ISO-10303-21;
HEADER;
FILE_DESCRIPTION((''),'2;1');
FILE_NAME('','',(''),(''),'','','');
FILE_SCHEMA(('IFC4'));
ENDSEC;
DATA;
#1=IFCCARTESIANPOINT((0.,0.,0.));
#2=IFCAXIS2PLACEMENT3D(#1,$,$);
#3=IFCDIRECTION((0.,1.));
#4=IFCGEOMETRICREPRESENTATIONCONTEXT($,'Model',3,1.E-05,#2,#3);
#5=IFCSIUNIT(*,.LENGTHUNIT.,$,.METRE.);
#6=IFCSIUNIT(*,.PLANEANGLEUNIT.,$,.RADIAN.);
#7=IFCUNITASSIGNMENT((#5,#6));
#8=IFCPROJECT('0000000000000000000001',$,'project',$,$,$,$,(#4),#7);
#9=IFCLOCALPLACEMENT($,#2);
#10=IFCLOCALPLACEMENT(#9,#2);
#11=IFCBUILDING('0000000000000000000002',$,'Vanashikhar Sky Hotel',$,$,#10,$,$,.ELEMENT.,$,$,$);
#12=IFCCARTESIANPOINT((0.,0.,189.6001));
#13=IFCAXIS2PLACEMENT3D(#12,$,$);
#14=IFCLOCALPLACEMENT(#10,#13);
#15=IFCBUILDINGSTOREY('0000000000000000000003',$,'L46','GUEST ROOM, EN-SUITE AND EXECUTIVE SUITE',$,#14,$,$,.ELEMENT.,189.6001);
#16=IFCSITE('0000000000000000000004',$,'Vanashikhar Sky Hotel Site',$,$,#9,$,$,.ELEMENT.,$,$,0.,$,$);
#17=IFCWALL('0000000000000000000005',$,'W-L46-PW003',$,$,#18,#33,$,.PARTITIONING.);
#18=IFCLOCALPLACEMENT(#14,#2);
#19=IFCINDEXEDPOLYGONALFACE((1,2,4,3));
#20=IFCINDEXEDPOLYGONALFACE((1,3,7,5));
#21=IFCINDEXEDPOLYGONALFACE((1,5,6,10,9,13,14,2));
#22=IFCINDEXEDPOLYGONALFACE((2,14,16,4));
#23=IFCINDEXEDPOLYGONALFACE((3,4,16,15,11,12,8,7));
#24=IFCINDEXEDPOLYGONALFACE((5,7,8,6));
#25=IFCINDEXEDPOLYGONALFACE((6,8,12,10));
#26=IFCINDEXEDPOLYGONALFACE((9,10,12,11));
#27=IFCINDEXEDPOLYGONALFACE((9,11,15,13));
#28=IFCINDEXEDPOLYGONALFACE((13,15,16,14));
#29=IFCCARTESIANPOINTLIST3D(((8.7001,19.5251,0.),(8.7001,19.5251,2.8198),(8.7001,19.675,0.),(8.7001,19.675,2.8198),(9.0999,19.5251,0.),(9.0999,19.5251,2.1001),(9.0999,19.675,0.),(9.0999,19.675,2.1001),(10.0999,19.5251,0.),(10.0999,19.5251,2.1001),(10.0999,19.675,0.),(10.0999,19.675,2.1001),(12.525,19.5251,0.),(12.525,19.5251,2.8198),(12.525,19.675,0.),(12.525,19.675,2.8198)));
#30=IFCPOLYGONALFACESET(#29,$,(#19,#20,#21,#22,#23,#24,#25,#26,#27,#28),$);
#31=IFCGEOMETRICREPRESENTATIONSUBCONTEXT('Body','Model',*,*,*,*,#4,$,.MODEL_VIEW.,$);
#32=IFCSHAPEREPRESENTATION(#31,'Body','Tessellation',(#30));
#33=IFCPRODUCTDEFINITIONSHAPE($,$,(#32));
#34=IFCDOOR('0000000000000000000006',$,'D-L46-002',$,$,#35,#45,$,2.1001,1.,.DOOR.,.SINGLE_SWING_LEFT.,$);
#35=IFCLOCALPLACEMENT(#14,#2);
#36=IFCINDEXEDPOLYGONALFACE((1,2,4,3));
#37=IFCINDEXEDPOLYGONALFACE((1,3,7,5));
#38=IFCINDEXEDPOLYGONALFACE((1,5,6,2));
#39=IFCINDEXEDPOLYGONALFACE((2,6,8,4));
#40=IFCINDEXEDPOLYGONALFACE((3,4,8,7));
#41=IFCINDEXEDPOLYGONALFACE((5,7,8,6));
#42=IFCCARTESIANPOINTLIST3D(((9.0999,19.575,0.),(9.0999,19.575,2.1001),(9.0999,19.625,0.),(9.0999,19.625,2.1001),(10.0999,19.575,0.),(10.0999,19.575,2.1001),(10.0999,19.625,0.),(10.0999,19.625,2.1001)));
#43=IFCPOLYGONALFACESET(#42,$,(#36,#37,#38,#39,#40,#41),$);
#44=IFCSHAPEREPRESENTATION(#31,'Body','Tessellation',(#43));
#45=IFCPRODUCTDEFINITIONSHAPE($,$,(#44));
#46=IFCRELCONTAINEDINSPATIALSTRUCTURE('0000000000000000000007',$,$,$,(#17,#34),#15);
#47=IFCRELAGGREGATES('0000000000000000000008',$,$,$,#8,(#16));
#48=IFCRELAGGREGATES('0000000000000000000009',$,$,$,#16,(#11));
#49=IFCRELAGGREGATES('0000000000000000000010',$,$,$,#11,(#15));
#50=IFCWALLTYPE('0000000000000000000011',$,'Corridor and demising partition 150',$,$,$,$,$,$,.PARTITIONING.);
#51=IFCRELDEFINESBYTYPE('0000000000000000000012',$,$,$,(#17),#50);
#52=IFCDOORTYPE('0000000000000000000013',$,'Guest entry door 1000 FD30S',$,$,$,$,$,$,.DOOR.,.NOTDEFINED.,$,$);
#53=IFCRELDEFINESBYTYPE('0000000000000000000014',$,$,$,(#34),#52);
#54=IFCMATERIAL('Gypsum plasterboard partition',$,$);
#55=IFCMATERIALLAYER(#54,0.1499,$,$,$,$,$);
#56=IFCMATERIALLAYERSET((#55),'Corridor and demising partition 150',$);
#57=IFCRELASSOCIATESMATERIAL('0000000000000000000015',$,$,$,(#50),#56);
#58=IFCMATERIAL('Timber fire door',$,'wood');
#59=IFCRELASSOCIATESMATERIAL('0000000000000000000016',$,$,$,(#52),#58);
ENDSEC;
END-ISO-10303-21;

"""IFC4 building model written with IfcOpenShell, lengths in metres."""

from ifc_helpers import new_model, si_unit, direction, frame, frame_2d, origin, place, context, subcontext, project, spatial, rectangle, extrude, source, transform, mapped, material, layer, layer_set, type_object, element, fill, save


model = new_model("IFC4")

# Units and contexts
model_context = context("Model", 3, precision=1e-05, world=origin(), true_north=direction((0.0, 1.0)))
body_context = subcontext(model_context, "Body", "Model", "MODEL_VIEW")
ifc_project = project(units=[si_unit("LENGTHUNIT", "METRE"), si_unit("PLANEANGLEUNIT", "RADIAN")], contexts=[model_context])

# Site, building, storey
site_placement = place(None, origin())
site = spatial("IfcSite", under=ifc_project, at=site_placement, Name="Vanashikhar Sky Hotel Site", CompositionType="ELEMENT", RefElevation=0.0)
building_placement = place(site_placement, origin())
building = spatial("IfcBuilding", under=site, at=building_placement, Name="Vanashikhar Sky Hotel", CompositionType="ELEMENT")
storey_placement = place(building_placement, frame((0.0, 0.0, 189.6001)))
storey = spatial("IfcBuildingStorey", under=building, at=storey_placement, Name="L46", Description="GUEST ROOM, EN-SUITE AND EXECUTIVE SUITE", CompositionType="ELEMENT", Elevation=189.6001)

# Shared definitions
ifc_material_1 = material(Name="Gypsum plasterboard partition")

# Wall, opening, door
ifc_layer_1 = layer(ifc_material_1, 0.1499)
ifc_layer_set_1 = layer_set([ifc_layer_1], Name="Corridor and demising partition 150")
wall_type_1 = type_object("IfcWallType", Name="Corridor and demising partition 150", PredefinedType="PARTITIONING", material=ifc_layer_set_1)
shared_shape_1 = source(origin(), body_context, "Body", "SweptSolid", [
    extrude(rectangle(XDim=1.0, YDim=2.1001, at=frame_2d((0.5, 1.05))), frame((0.0, 0.085, 0.0), z_axis=(0.0, -1.0, 0.0), x_axis=(1.0, 0.0, 0.0)), (0.0, 0.0, 1.0), 0.1699),
])
ifc_material_2 = material(Name="Timber fire door", Category="wood")
door_type_1 = type_object("IfcDoorType", Name="Guest entry door 1000 FD30S", OperationType="NOTDEFINED", PredefinedType="DOOR", material=ifc_material_2)
shared_shape_2 = source(origin(), body_context, "Body", "SweptSolid", [
    extrude(rectangle(XDim=1.0, YDim=2.1001, at=frame_2d((0.5, 1.05))), frame((0.0, 0.0249, 0.0), z_axis=(0.0, -1.0, 0.0), x_axis=(1.0, 0.0, 0.0)), (0.0, 0.0, 1.0), 0.05),
])
shared_shape_3 = source(origin(), body_context, "Body", "SweptSolid", [
    extrude(rectangle(XDim=3.825, YDim=0.1499, at=frame_2d((1.9126, 0.0))), origin(), (0.0, 0.0, 1.0), 2.8198),
])
wall_1_placement = place(storey_placement, frame((8.7, 19.6001, 0.0), z_axis=(0.0, 0.0, 1.0), x_axis=(1.0, 0.0, 0.0)))
wall_1 = element("IfcWall", 1, at=wall_1_placement, inside=storey, type_object=wall_type_1, Name="W-L46-PW003", PredefinedType="PARTITIONING", context=body_context, shape_type="MappedRepresentation", body=[
    mapped(shared_shape_3, transform((0.0, 0.0, 0.0), scale=1.0)),
])
opening_1_placement = place(wall_1_placement, frame((0.3999, 0.0, 0.0)))
opening_1 = element("IfcOpeningElement", 2, at=opening_1_placement, cuts=wall_1, PredefinedType="OPENING", context=body_context, shape_type="MappedRepresentation", body=[
    mapped(shared_shape_1, transform((0.0, 0.0, 0.0), scale=1.0)),
])
door_1_placement = place(opening_1_placement, origin())
door_1 = element("IfcDoor", 3, at=door_1_placement, inside=storey, type_object=door_type_1, Name="D-L46-002", OperationType="SINGLE_SWING_LEFT", OverallHeight=2.1001, OverallWidth=1.0, PredefinedType="DOOR", context=body_context, shape_type="MappedRepresentation", body=[
    mapped(shared_shape_2, transform((0.0, 0.0, 0.0), scale=1.0)),
])
fill(opening_1, door_1)

save(model, "model.ifc")
